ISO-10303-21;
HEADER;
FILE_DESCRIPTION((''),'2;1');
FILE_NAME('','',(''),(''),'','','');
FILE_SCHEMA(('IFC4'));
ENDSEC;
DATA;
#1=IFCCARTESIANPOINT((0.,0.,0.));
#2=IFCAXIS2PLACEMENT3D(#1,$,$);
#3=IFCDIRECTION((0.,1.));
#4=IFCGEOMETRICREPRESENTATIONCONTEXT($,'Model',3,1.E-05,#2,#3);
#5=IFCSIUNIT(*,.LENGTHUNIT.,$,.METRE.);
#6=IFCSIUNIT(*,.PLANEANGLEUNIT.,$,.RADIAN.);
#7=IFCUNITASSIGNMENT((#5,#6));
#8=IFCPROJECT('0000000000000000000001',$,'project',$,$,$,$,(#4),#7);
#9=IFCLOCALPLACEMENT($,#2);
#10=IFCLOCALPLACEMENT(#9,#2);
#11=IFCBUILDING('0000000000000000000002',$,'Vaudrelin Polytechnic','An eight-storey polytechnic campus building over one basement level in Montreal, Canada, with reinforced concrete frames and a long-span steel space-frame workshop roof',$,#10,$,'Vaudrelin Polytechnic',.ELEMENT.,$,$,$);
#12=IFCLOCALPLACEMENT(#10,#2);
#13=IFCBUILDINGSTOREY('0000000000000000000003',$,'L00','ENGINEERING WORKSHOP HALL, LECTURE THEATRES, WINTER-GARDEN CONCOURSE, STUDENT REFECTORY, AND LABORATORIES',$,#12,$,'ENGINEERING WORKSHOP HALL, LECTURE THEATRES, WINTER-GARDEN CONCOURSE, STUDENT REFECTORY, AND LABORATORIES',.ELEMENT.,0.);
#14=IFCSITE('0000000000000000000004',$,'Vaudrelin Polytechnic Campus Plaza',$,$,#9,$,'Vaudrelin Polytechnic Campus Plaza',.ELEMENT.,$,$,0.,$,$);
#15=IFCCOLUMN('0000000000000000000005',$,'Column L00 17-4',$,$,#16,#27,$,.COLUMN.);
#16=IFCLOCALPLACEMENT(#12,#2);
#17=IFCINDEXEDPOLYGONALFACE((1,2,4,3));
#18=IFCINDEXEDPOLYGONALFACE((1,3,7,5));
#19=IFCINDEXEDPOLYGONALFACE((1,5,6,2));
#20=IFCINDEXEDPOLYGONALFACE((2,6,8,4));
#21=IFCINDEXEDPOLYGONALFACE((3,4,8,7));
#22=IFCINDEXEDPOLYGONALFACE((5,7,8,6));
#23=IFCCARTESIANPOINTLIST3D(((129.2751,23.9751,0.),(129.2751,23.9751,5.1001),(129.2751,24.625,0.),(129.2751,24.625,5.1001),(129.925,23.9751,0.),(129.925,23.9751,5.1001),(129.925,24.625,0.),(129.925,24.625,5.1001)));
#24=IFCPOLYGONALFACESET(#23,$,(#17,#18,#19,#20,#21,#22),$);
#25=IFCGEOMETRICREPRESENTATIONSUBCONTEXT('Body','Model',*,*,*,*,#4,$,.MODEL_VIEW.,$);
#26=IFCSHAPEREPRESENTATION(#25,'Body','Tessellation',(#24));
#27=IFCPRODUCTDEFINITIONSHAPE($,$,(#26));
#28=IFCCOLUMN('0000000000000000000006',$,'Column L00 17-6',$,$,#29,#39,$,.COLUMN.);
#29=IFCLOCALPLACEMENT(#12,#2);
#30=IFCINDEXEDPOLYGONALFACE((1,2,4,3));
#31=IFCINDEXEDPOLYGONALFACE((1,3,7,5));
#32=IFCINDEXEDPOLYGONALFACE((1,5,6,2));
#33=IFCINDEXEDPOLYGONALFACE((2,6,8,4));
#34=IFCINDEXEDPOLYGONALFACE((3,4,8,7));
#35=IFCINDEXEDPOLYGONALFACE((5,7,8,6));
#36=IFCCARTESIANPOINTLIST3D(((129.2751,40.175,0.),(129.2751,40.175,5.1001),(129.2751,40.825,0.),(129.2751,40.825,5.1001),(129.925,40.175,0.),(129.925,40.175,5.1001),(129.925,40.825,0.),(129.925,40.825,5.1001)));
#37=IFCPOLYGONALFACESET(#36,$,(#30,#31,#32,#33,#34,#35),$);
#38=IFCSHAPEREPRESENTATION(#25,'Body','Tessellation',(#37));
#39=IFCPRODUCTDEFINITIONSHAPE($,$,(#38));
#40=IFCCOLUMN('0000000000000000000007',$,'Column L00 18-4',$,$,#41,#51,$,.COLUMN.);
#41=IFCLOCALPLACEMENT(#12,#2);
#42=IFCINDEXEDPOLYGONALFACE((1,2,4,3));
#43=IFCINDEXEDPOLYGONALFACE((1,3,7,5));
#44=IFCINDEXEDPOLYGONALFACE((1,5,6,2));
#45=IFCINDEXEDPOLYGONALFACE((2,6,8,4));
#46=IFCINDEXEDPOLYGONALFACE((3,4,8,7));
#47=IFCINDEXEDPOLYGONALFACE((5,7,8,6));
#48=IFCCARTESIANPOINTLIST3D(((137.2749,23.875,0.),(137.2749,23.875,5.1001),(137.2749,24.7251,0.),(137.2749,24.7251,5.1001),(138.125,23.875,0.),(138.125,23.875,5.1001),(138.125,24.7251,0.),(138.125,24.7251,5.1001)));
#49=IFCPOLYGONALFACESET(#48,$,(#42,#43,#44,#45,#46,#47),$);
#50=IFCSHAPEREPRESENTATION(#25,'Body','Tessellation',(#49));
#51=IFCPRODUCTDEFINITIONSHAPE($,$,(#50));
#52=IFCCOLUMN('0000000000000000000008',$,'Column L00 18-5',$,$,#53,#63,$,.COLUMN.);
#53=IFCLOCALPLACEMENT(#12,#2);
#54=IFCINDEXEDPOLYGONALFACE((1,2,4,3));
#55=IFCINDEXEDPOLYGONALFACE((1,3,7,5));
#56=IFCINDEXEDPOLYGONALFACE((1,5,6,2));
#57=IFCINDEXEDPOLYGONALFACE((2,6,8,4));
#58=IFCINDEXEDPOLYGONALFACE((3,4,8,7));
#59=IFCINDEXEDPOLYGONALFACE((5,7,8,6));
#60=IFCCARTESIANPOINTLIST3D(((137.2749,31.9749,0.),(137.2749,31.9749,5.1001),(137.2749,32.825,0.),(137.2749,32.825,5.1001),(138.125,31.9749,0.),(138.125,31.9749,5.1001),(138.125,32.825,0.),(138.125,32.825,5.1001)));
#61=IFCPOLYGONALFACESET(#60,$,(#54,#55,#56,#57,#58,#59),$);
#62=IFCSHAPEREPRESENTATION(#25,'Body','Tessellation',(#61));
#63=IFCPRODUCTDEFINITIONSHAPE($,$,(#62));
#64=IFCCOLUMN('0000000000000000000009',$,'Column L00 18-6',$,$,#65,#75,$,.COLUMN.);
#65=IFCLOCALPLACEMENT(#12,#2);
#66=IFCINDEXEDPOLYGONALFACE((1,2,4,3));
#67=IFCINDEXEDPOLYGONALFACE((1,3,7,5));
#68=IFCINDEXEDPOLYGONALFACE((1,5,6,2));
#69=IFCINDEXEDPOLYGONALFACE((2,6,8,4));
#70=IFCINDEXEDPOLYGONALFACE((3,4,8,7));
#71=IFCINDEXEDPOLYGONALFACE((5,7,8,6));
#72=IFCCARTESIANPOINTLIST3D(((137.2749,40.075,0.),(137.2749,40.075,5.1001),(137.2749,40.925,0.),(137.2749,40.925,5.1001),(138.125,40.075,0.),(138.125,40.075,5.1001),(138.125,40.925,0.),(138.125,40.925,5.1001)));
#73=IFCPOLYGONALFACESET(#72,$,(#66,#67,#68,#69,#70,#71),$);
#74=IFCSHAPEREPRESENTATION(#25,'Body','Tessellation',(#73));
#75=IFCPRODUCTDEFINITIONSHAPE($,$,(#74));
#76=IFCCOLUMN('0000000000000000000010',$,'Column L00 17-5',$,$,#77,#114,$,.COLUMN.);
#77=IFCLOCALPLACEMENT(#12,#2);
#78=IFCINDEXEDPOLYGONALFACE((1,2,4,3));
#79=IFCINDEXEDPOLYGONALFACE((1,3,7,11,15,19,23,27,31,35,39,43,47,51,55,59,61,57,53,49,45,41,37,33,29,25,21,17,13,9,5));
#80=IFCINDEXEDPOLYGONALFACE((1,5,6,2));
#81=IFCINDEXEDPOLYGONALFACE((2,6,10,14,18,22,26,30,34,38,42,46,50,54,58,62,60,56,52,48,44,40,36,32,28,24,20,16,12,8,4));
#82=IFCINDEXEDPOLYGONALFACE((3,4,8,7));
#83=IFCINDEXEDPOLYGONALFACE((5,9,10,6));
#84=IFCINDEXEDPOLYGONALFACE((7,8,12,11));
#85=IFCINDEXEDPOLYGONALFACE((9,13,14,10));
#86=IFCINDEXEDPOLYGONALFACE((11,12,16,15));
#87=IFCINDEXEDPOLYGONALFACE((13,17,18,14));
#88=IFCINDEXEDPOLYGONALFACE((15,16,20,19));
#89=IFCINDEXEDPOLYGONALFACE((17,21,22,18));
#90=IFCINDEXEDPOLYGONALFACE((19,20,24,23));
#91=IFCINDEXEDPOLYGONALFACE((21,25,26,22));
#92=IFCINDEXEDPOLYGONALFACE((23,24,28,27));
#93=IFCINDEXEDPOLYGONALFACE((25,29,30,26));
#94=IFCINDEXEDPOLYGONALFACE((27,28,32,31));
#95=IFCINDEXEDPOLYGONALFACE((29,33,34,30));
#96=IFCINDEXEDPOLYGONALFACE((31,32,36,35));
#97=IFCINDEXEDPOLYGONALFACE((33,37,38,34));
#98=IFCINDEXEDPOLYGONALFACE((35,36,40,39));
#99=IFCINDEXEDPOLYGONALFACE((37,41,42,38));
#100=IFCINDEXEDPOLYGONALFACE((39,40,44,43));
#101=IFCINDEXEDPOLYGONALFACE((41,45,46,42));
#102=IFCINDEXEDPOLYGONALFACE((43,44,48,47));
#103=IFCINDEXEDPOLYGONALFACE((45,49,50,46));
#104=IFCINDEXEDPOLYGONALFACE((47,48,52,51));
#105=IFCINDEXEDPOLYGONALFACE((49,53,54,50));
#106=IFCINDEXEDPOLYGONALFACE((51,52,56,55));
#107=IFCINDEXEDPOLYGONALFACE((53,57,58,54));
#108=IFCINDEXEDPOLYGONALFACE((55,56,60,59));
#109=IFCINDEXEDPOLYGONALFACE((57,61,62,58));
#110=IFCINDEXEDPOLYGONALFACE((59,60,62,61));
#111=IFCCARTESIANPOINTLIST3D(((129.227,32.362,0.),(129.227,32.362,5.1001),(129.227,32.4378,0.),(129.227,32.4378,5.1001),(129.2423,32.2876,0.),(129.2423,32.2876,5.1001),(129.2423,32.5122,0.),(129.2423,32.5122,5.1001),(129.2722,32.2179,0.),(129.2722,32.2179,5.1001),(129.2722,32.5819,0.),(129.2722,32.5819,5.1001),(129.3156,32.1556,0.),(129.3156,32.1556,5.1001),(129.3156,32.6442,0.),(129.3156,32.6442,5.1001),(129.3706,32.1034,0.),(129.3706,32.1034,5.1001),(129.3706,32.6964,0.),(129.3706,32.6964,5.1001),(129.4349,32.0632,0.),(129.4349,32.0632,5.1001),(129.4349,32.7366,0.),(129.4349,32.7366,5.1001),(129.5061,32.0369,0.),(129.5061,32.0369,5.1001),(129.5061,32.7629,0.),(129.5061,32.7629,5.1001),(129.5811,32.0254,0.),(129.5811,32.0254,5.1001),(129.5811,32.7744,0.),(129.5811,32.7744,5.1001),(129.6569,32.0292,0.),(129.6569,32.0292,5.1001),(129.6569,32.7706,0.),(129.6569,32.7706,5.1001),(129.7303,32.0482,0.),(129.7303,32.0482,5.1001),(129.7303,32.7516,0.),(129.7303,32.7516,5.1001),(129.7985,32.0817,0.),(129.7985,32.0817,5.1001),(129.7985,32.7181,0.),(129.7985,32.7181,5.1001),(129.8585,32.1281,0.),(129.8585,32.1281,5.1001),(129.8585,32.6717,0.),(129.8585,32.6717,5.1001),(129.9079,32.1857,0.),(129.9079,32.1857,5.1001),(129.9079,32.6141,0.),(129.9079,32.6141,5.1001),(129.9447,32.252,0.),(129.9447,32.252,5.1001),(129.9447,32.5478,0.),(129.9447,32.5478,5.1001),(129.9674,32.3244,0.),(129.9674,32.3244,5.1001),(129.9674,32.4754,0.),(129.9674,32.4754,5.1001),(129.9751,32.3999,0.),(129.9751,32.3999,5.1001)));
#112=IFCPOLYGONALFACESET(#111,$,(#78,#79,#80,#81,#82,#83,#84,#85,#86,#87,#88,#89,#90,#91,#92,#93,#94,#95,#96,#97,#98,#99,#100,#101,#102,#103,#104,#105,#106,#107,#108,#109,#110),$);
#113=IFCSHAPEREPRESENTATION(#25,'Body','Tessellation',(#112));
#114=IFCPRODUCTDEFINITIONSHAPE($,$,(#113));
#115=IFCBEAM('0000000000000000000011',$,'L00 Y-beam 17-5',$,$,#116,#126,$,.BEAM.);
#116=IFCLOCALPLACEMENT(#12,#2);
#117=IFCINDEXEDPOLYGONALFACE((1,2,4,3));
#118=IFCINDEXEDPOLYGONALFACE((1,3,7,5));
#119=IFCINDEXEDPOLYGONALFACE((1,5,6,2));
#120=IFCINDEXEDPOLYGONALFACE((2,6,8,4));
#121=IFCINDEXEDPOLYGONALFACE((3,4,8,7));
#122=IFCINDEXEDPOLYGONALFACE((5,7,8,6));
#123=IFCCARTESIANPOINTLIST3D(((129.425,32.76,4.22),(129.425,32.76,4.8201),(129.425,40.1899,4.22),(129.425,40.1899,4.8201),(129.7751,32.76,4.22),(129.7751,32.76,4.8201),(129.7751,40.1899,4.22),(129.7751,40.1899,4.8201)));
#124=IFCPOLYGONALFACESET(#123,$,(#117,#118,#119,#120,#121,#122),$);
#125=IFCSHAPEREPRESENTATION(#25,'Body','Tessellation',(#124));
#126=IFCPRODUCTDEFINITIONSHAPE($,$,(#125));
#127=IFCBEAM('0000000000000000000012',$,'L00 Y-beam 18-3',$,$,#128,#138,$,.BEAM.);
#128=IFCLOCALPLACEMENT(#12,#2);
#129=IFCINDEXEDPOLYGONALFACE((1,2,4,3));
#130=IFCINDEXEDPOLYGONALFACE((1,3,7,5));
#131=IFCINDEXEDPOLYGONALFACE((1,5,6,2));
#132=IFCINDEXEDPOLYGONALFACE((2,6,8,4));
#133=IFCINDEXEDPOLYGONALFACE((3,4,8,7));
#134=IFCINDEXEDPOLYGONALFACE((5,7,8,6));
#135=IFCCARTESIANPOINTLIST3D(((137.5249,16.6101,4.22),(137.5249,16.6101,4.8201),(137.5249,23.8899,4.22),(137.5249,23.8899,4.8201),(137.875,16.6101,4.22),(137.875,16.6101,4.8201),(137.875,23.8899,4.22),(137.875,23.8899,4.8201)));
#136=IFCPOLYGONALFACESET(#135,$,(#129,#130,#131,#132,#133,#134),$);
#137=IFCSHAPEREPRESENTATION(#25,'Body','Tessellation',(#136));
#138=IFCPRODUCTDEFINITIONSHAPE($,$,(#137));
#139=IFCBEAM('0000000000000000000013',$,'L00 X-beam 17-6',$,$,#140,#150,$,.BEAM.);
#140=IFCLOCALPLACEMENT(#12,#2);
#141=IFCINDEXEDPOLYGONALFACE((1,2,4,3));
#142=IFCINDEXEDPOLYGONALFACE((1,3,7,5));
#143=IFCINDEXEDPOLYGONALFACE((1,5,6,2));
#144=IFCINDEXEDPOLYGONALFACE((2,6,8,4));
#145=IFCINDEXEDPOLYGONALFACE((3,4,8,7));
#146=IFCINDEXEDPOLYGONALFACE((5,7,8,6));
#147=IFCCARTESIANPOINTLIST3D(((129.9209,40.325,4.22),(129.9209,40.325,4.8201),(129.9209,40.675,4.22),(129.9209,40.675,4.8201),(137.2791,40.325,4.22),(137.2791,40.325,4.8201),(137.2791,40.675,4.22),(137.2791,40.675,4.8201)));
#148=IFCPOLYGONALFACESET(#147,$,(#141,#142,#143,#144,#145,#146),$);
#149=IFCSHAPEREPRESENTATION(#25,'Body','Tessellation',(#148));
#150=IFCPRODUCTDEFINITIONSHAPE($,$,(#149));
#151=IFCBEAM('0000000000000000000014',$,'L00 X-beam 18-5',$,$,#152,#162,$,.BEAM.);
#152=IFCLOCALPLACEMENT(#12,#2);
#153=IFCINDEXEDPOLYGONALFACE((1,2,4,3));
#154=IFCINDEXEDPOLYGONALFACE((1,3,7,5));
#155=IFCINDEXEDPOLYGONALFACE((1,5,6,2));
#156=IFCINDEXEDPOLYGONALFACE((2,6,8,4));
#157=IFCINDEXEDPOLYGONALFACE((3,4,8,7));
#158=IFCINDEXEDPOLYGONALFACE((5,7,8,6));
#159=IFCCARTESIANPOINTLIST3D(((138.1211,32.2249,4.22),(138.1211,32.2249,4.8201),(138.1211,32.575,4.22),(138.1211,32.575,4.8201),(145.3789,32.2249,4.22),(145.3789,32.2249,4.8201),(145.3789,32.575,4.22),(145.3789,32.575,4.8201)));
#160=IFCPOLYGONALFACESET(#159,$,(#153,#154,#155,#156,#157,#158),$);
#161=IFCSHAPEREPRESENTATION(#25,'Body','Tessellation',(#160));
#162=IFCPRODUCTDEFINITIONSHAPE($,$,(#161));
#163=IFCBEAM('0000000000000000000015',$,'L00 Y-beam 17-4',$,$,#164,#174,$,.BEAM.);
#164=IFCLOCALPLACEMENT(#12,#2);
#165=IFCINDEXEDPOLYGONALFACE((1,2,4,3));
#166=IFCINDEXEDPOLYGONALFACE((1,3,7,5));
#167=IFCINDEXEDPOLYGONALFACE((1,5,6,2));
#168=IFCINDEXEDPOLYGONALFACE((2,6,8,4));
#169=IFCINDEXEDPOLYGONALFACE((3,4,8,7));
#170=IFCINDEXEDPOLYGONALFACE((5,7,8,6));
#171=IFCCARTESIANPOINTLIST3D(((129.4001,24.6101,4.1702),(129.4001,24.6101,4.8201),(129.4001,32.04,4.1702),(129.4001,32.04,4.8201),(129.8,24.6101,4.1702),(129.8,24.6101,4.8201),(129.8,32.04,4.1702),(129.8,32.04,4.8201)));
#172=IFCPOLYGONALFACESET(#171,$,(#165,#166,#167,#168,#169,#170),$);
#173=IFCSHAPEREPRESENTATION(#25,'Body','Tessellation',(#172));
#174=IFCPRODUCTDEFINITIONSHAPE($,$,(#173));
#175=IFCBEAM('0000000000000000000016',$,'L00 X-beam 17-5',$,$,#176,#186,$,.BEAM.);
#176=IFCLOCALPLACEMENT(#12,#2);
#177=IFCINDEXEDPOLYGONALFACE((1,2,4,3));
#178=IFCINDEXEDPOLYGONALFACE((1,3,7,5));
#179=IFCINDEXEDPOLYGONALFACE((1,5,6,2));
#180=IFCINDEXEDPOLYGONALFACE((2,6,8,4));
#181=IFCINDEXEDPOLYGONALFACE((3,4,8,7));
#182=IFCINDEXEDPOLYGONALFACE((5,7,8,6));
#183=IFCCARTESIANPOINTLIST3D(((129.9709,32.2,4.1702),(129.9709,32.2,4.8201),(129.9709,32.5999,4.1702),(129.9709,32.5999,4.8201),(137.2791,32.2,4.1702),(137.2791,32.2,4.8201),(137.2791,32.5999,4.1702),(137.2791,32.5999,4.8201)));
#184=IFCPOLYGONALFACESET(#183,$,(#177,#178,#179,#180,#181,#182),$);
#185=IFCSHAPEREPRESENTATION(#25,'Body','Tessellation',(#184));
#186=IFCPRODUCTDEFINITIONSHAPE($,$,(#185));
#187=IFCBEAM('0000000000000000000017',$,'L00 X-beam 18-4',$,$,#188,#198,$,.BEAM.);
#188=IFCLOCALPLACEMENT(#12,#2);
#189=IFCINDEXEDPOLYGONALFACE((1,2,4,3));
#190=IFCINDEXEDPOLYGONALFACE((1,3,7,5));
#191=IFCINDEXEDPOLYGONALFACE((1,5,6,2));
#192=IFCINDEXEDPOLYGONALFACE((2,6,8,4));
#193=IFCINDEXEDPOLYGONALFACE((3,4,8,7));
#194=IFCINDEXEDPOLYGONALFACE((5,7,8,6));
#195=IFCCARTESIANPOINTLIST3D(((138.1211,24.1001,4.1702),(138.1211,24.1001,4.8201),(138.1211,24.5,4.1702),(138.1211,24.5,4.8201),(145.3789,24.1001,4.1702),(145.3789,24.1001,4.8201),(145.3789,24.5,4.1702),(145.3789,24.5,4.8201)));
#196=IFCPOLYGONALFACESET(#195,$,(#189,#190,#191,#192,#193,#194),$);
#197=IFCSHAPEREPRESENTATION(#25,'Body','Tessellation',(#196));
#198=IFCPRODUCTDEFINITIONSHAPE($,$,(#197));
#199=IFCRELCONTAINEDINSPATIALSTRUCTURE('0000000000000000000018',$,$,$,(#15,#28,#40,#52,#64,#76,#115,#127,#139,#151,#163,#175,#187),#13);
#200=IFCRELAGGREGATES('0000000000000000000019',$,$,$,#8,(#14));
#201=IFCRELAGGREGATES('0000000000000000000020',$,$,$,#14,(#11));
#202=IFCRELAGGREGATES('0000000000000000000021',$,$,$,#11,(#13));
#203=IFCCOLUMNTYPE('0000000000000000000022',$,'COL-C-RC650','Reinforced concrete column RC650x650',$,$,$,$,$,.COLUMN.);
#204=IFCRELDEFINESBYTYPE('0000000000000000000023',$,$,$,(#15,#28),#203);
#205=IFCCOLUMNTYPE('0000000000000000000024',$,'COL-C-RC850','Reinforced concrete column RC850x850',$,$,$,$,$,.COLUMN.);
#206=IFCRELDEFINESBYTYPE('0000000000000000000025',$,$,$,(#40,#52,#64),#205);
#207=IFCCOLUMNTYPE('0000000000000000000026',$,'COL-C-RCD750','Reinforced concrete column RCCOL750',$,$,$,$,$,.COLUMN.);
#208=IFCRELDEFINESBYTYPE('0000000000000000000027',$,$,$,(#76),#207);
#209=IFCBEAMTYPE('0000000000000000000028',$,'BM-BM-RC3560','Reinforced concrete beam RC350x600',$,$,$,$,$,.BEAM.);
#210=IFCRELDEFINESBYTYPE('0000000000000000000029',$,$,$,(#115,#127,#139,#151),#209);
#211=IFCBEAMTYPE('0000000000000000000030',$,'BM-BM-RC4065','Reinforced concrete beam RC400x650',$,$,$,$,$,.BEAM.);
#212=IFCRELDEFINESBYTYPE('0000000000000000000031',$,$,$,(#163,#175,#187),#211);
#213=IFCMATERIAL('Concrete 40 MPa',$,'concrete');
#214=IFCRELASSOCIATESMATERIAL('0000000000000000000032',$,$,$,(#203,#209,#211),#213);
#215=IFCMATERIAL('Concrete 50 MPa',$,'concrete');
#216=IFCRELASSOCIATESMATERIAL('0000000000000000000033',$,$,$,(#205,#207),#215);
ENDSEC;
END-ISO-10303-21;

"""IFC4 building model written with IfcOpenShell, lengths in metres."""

from ifc_helpers import new_model, si_unit, direction, frame, origin, origin_2d, place, context, subcontext, project, spatial, rectangle, circle, extrude, material, material_profile, profile_set, type_object, element, save


model = new_model("IFC4")

# Units and contexts
model_context = context("Model", 3, precision=1e-05, world=origin(), true_north=direction((0.0, 1.0)))
body_context = subcontext(model_context, "Body", "Model", "MODEL_VIEW")
ifc_project = project(units=[si_unit("LENGTHUNIT", "METRE"), si_unit("PLANEANGLEUNIT", "RADIAN")], contexts=[model_context])

# Site, building, storey
site_placement = place(None, origin())
site = spatial("IfcSite", under=ifc_project, at=site_placement, Name="Vaudrelin Polytechnic Campus Plaza", LongName="Vaudrelin Polytechnic Campus Plaza", CompositionType="ELEMENT", RefElevation=0.0)
building_placement = place(site_placement, origin())
building = spatial("IfcBuilding", under=site, at=building_placement, Name="Vaudrelin Polytechnic", Description="An eight-storey polytechnic campus building over one basement level in Montreal, Canada, with reinforced concrete frames and a long-span steel space-frame workshop roof", LongName="Vaudrelin Polytechnic", CompositionType="ELEMENT")
storey_placement = place(building_placement, origin())
storey = spatial("IfcBuildingStorey", under=building, at=storey_placement, Name="L00", Description="ENGINEERING WORKSHOP HALL, LECTURE THEATRES, WINTER-GARDEN CONCOURSE, STUDENT REFECTORY, AND LABORATORIES", LongName="ENGINEERING WORKSHOP HALL, LECTURE THEATRES, WINTER-GARDEN CONCOURSE, STUDENT REFECTORY, AND LABORATORIES", CompositionType="ELEMENT", Elevation=0.0)

# Columns
ifc_material_1 = material(Name="Concrete 40 MPa", Category="concrete")
ifc_material_profile_1 = material_profile(ifc_material_1, rectangle(XDim=0.6499, YDim=0.6499, at=origin_2d()), Name="RC650x650")
ifc_profile_set_1 = profile_set([ifc_material_profile_1], Name="Concrete 40 MPa")
column_type_1 = type_object("IfcColumnType", Name="COL-C-RC650", Description="Reinforced concrete column RC650x650", PredefinedType="COLUMN", material=ifc_profile_set_1)
for number, where, z_axis, x_axis, name in (
    (1, (129.6001, 24.3, 0.0), (0.0, 0.0, 1.0), (1.0, 0.0, 0.0), "Column L00 17-4"),
    (2, (129.6001, 40.5, 0.0), (0.0, 0.0, 1.0), (1.0, 0.0, 0.0), "Column L00 17-6"),
):
    element("IfcColumn", number, at=place(storey_placement, frame(where, z_axis=z_axis, x_axis=x_axis)), inside=storey, type_object=column_type_1, Name=name, PredefinedType="COLUMN", context=body_context, shape_type="SweptSolid", body=[
        extrude(rectangle(XDim=0.6499, YDim=0.6499, at=origin_2d()), origin(), (0.0, 0.0, 1.0), 5.1001),
    ])
ifc_material_2 = material(Name="Concrete 50 MPa", Category="concrete")
ifc_material_profile_2 = material_profile(ifc_material_2, rectangle(XDim=0.8501, YDim=0.8501, at=origin_2d()), Name="RC850x850")
ifc_profile_set_2 = profile_set([ifc_material_profile_2], Name="Concrete 50 MPa")
column_type_2 = type_object("IfcColumnType", Name="COL-C-RC850", Description="Reinforced concrete column RC850x850", PredefinedType="COLUMN", material=ifc_profile_set_2)
for number, where, z_axis, x_axis, name in (
    (3, (137.7, 24.3, 0.0), (0.0, 0.0, 1.0), (1.0, 0.0, 0.0), "Column L00 18-4"),
    (4, (137.7, 32.3999, 0.0), (0.0, 0.0, 1.0), (1.0, 0.0, 0.0), "Column L00 18-5"),
    (5, (137.7, 40.5, 0.0), (0.0, 0.0, 1.0), (1.0, 0.0, 0.0), "Column L00 18-6"),
):
    element("IfcColumn", number, at=place(storey_placement, frame(where, z_axis=z_axis, x_axis=x_axis)), inside=storey, type_object=column_type_2, Name=name, PredefinedType="COLUMN", context=body_context, shape_type="SweptSolid", body=[
        extrude(rectangle(XDim=0.8501, YDim=0.8501, at=origin_2d()), origin(), (0.0, 0.0, 1.0), 5.1001),
    ])
ifc_material_profile_3 = material_profile(ifc_material_2, circle(Radius=0.375, at=origin_2d()), Name="RCCOL750")
ifc_profile_set_3 = profile_set([ifc_material_profile_3], Name="Concrete 50 MPa")
column_type_3 = type_object("IfcColumnType", Name="COL-C-RCD750", Description="Reinforced concrete column RCCOL750", PredefinedType="COLUMN", material=ifc_profile_set_3)
column_placement = place(storey_placement, frame((129.6001, 32.3999, 0.0), z_axis=(0.0, 0.0, 1.0), x_axis=(1.0, 0.0, 0.0)))
element("IfcColumn", 6, at=column_placement, inside=storey, type_object=column_type_3, Name="Column L00 17-5", PredefinedType="COLUMN", context=body_context, shape_type="SweptSolid", body=[
    extrude(circle(Radius=0.375, at=origin_2d()), origin(), (0.0, 0.0, 1.0), 5.1001),
])

# Beams
ifc_material_profile_4 = material_profile(ifc_material_1, rectangle(XDim=0.3501, YDim=0.6001, at=origin_2d()), Name="RC350x600")
ifc_profile_set_4 = profile_set([ifc_material_profile_4], Name="Concrete 40 MPa")
beam_type_1 = type_object("IfcBeamType", Name="BM-BM-RC3560", Description="Reinforced concrete beam RC350x600", PredefinedType="BEAM", material=ifc_profile_set_4)
beam_1_placement = place(storey_placement, frame((129.6001, 32.76, 4.52), z_axis=(0.0, 1.0, 0.0), x_axis=(-1.0, 0.0, 0.0)))
element("IfcBeam", 7, at=beam_1_placement, inside=storey, type_object=beam_type_1, Name="L00 Y-beam 17-5", PredefinedType="BEAM", context=body_context, shape_type="SweptSolid", body=[
    extrude(rectangle(XDim=0.3501, YDim=0.6001, at=origin_2d()), origin(), (0.0, 0.0, 1.0), 7.4299),
])
beam_2_placement = place(storey_placement, frame((137.7, 16.6101, 4.52), z_axis=(0.0, 1.0, 0.0), x_axis=(-1.0, 0.0, 0.0)))
element("IfcBeam", 8, at=beam_2_placement, inside=storey, type_object=beam_type_1, Name="L00 Y-beam 18-3", PredefinedType="BEAM", context=body_context, shape_type="SweptSolid", body=[
    extrude(rectangle(XDim=0.3501, YDim=0.6001, at=origin_2d()), origin(), (0.0, 0.0, 1.0), 7.2798),
])
beam_3_placement = place(storey_placement, frame((129.9209, 40.5, 4.52), z_axis=(1.0, 0.0, 0.0), x_axis=(0.0, 1.0, 0.0)))
element("IfcBeam", 9, at=beam_3_placement, inside=storey, type_object=beam_type_1, Name="L00 X-beam 17-6", PredefinedType="BEAM", context=body_context, shape_type="SweptSolid", body=[
    extrude(rectangle(XDim=0.3501, YDim=0.6001, at=origin_2d()), origin(), (0.0, 0.0, 1.0), 7.3582),
])
beam_4_placement = place(storey_placement, frame((138.1211, 32.3999, 4.52), z_axis=(1.0, 0.0, 0.0), x_axis=(0.0, 1.0, 0.0)))
element("IfcBeam", 10, at=beam_4_placement, inside=storey, type_object=beam_type_1, Name="L00 X-beam 18-5", PredefinedType="BEAM", context=body_context, shape_type="SweptSolid", body=[
    extrude(rectangle(XDim=0.3501, YDim=0.6001, at=origin_2d()), origin(), (0.0, 0.0, 1.0), 7.2578),
])
ifc_material_profile_5 = material_profile(ifc_material_1, rectangle(XDim=0.3999, YDim=0.6499, at=origin_2d()), Name="RC400x650")
ifc_profile_set_5 = profile_set([ifc_material_profile_5], Name="Concrete 40 MPa")
beam_type_2 = type_object("IfcBeamType", Name="BM-BM-RC4065", Description="Reinforced concrete beam RC400x650", PredefinedType="BEAM", material=ifc_profile_set_5)
beam_5_placement = place(storey_placement, frame((129.6001, 24.6101, 4.4951), z_axis=(0.0, 1.0, 0.0), x_axis=(-1.0, 0.0, 0.0)))
element("IfcBeam", 11, at=beam_5_placement, inside=storey, type_object=beam_type_2, Name="L00 Y-beam 17-4", PredefinedType="BEAM", context=body_context, shape_type="SweptSolid", body=[
    extrude(rectangle(XDim=0.3999, YDim=0.6499, at=origin_2d()), origin(), (0.0, 0.0, 1.0), 7.4299),
])
beam_6_placement = place(storey_placement, frame((129.9709, 32.3999, 4.4951), z_axis=(1.0, 0.0, 0.0), x_axis=(0.0, 1.0, 0.0)))
element("IfcBeam", 12, at=beam_6_placement, inside=storey, type_object=beam_type_2, Name="L00 X-beam 17-5", PredefinedType="BEAM", context=body_context, shape_type="SweptSolid", body=[
    extrude(rectangle(XDim=0.3999, YDim=0.6499, at=origin_2d()), origin(), (0.0, 0.0, 1.0), 7.3081),
])
beam_7_placement = place(storey_placement, frame((138.1211, 24.3, 4.4951), z_axis=(1.0, 0.0, 0.0), x_axis=(0.0, 1.0, 0.0)))
element("IfcBeam", 13, at=beam_7_placement, inside=storey, type_object=beam_type_2, Name="L00 X-beam 18-4", PredefinedType="BEAM", context=body_context, shape_type="SweptSolid", body=[
    extrude(rectangle(XDim=0.3999, YDim=0.6499, at=origin_2d()), origin(), (0.0, 0.0, 1.0), 7.2578),
])

save(model, "model.ifc")
